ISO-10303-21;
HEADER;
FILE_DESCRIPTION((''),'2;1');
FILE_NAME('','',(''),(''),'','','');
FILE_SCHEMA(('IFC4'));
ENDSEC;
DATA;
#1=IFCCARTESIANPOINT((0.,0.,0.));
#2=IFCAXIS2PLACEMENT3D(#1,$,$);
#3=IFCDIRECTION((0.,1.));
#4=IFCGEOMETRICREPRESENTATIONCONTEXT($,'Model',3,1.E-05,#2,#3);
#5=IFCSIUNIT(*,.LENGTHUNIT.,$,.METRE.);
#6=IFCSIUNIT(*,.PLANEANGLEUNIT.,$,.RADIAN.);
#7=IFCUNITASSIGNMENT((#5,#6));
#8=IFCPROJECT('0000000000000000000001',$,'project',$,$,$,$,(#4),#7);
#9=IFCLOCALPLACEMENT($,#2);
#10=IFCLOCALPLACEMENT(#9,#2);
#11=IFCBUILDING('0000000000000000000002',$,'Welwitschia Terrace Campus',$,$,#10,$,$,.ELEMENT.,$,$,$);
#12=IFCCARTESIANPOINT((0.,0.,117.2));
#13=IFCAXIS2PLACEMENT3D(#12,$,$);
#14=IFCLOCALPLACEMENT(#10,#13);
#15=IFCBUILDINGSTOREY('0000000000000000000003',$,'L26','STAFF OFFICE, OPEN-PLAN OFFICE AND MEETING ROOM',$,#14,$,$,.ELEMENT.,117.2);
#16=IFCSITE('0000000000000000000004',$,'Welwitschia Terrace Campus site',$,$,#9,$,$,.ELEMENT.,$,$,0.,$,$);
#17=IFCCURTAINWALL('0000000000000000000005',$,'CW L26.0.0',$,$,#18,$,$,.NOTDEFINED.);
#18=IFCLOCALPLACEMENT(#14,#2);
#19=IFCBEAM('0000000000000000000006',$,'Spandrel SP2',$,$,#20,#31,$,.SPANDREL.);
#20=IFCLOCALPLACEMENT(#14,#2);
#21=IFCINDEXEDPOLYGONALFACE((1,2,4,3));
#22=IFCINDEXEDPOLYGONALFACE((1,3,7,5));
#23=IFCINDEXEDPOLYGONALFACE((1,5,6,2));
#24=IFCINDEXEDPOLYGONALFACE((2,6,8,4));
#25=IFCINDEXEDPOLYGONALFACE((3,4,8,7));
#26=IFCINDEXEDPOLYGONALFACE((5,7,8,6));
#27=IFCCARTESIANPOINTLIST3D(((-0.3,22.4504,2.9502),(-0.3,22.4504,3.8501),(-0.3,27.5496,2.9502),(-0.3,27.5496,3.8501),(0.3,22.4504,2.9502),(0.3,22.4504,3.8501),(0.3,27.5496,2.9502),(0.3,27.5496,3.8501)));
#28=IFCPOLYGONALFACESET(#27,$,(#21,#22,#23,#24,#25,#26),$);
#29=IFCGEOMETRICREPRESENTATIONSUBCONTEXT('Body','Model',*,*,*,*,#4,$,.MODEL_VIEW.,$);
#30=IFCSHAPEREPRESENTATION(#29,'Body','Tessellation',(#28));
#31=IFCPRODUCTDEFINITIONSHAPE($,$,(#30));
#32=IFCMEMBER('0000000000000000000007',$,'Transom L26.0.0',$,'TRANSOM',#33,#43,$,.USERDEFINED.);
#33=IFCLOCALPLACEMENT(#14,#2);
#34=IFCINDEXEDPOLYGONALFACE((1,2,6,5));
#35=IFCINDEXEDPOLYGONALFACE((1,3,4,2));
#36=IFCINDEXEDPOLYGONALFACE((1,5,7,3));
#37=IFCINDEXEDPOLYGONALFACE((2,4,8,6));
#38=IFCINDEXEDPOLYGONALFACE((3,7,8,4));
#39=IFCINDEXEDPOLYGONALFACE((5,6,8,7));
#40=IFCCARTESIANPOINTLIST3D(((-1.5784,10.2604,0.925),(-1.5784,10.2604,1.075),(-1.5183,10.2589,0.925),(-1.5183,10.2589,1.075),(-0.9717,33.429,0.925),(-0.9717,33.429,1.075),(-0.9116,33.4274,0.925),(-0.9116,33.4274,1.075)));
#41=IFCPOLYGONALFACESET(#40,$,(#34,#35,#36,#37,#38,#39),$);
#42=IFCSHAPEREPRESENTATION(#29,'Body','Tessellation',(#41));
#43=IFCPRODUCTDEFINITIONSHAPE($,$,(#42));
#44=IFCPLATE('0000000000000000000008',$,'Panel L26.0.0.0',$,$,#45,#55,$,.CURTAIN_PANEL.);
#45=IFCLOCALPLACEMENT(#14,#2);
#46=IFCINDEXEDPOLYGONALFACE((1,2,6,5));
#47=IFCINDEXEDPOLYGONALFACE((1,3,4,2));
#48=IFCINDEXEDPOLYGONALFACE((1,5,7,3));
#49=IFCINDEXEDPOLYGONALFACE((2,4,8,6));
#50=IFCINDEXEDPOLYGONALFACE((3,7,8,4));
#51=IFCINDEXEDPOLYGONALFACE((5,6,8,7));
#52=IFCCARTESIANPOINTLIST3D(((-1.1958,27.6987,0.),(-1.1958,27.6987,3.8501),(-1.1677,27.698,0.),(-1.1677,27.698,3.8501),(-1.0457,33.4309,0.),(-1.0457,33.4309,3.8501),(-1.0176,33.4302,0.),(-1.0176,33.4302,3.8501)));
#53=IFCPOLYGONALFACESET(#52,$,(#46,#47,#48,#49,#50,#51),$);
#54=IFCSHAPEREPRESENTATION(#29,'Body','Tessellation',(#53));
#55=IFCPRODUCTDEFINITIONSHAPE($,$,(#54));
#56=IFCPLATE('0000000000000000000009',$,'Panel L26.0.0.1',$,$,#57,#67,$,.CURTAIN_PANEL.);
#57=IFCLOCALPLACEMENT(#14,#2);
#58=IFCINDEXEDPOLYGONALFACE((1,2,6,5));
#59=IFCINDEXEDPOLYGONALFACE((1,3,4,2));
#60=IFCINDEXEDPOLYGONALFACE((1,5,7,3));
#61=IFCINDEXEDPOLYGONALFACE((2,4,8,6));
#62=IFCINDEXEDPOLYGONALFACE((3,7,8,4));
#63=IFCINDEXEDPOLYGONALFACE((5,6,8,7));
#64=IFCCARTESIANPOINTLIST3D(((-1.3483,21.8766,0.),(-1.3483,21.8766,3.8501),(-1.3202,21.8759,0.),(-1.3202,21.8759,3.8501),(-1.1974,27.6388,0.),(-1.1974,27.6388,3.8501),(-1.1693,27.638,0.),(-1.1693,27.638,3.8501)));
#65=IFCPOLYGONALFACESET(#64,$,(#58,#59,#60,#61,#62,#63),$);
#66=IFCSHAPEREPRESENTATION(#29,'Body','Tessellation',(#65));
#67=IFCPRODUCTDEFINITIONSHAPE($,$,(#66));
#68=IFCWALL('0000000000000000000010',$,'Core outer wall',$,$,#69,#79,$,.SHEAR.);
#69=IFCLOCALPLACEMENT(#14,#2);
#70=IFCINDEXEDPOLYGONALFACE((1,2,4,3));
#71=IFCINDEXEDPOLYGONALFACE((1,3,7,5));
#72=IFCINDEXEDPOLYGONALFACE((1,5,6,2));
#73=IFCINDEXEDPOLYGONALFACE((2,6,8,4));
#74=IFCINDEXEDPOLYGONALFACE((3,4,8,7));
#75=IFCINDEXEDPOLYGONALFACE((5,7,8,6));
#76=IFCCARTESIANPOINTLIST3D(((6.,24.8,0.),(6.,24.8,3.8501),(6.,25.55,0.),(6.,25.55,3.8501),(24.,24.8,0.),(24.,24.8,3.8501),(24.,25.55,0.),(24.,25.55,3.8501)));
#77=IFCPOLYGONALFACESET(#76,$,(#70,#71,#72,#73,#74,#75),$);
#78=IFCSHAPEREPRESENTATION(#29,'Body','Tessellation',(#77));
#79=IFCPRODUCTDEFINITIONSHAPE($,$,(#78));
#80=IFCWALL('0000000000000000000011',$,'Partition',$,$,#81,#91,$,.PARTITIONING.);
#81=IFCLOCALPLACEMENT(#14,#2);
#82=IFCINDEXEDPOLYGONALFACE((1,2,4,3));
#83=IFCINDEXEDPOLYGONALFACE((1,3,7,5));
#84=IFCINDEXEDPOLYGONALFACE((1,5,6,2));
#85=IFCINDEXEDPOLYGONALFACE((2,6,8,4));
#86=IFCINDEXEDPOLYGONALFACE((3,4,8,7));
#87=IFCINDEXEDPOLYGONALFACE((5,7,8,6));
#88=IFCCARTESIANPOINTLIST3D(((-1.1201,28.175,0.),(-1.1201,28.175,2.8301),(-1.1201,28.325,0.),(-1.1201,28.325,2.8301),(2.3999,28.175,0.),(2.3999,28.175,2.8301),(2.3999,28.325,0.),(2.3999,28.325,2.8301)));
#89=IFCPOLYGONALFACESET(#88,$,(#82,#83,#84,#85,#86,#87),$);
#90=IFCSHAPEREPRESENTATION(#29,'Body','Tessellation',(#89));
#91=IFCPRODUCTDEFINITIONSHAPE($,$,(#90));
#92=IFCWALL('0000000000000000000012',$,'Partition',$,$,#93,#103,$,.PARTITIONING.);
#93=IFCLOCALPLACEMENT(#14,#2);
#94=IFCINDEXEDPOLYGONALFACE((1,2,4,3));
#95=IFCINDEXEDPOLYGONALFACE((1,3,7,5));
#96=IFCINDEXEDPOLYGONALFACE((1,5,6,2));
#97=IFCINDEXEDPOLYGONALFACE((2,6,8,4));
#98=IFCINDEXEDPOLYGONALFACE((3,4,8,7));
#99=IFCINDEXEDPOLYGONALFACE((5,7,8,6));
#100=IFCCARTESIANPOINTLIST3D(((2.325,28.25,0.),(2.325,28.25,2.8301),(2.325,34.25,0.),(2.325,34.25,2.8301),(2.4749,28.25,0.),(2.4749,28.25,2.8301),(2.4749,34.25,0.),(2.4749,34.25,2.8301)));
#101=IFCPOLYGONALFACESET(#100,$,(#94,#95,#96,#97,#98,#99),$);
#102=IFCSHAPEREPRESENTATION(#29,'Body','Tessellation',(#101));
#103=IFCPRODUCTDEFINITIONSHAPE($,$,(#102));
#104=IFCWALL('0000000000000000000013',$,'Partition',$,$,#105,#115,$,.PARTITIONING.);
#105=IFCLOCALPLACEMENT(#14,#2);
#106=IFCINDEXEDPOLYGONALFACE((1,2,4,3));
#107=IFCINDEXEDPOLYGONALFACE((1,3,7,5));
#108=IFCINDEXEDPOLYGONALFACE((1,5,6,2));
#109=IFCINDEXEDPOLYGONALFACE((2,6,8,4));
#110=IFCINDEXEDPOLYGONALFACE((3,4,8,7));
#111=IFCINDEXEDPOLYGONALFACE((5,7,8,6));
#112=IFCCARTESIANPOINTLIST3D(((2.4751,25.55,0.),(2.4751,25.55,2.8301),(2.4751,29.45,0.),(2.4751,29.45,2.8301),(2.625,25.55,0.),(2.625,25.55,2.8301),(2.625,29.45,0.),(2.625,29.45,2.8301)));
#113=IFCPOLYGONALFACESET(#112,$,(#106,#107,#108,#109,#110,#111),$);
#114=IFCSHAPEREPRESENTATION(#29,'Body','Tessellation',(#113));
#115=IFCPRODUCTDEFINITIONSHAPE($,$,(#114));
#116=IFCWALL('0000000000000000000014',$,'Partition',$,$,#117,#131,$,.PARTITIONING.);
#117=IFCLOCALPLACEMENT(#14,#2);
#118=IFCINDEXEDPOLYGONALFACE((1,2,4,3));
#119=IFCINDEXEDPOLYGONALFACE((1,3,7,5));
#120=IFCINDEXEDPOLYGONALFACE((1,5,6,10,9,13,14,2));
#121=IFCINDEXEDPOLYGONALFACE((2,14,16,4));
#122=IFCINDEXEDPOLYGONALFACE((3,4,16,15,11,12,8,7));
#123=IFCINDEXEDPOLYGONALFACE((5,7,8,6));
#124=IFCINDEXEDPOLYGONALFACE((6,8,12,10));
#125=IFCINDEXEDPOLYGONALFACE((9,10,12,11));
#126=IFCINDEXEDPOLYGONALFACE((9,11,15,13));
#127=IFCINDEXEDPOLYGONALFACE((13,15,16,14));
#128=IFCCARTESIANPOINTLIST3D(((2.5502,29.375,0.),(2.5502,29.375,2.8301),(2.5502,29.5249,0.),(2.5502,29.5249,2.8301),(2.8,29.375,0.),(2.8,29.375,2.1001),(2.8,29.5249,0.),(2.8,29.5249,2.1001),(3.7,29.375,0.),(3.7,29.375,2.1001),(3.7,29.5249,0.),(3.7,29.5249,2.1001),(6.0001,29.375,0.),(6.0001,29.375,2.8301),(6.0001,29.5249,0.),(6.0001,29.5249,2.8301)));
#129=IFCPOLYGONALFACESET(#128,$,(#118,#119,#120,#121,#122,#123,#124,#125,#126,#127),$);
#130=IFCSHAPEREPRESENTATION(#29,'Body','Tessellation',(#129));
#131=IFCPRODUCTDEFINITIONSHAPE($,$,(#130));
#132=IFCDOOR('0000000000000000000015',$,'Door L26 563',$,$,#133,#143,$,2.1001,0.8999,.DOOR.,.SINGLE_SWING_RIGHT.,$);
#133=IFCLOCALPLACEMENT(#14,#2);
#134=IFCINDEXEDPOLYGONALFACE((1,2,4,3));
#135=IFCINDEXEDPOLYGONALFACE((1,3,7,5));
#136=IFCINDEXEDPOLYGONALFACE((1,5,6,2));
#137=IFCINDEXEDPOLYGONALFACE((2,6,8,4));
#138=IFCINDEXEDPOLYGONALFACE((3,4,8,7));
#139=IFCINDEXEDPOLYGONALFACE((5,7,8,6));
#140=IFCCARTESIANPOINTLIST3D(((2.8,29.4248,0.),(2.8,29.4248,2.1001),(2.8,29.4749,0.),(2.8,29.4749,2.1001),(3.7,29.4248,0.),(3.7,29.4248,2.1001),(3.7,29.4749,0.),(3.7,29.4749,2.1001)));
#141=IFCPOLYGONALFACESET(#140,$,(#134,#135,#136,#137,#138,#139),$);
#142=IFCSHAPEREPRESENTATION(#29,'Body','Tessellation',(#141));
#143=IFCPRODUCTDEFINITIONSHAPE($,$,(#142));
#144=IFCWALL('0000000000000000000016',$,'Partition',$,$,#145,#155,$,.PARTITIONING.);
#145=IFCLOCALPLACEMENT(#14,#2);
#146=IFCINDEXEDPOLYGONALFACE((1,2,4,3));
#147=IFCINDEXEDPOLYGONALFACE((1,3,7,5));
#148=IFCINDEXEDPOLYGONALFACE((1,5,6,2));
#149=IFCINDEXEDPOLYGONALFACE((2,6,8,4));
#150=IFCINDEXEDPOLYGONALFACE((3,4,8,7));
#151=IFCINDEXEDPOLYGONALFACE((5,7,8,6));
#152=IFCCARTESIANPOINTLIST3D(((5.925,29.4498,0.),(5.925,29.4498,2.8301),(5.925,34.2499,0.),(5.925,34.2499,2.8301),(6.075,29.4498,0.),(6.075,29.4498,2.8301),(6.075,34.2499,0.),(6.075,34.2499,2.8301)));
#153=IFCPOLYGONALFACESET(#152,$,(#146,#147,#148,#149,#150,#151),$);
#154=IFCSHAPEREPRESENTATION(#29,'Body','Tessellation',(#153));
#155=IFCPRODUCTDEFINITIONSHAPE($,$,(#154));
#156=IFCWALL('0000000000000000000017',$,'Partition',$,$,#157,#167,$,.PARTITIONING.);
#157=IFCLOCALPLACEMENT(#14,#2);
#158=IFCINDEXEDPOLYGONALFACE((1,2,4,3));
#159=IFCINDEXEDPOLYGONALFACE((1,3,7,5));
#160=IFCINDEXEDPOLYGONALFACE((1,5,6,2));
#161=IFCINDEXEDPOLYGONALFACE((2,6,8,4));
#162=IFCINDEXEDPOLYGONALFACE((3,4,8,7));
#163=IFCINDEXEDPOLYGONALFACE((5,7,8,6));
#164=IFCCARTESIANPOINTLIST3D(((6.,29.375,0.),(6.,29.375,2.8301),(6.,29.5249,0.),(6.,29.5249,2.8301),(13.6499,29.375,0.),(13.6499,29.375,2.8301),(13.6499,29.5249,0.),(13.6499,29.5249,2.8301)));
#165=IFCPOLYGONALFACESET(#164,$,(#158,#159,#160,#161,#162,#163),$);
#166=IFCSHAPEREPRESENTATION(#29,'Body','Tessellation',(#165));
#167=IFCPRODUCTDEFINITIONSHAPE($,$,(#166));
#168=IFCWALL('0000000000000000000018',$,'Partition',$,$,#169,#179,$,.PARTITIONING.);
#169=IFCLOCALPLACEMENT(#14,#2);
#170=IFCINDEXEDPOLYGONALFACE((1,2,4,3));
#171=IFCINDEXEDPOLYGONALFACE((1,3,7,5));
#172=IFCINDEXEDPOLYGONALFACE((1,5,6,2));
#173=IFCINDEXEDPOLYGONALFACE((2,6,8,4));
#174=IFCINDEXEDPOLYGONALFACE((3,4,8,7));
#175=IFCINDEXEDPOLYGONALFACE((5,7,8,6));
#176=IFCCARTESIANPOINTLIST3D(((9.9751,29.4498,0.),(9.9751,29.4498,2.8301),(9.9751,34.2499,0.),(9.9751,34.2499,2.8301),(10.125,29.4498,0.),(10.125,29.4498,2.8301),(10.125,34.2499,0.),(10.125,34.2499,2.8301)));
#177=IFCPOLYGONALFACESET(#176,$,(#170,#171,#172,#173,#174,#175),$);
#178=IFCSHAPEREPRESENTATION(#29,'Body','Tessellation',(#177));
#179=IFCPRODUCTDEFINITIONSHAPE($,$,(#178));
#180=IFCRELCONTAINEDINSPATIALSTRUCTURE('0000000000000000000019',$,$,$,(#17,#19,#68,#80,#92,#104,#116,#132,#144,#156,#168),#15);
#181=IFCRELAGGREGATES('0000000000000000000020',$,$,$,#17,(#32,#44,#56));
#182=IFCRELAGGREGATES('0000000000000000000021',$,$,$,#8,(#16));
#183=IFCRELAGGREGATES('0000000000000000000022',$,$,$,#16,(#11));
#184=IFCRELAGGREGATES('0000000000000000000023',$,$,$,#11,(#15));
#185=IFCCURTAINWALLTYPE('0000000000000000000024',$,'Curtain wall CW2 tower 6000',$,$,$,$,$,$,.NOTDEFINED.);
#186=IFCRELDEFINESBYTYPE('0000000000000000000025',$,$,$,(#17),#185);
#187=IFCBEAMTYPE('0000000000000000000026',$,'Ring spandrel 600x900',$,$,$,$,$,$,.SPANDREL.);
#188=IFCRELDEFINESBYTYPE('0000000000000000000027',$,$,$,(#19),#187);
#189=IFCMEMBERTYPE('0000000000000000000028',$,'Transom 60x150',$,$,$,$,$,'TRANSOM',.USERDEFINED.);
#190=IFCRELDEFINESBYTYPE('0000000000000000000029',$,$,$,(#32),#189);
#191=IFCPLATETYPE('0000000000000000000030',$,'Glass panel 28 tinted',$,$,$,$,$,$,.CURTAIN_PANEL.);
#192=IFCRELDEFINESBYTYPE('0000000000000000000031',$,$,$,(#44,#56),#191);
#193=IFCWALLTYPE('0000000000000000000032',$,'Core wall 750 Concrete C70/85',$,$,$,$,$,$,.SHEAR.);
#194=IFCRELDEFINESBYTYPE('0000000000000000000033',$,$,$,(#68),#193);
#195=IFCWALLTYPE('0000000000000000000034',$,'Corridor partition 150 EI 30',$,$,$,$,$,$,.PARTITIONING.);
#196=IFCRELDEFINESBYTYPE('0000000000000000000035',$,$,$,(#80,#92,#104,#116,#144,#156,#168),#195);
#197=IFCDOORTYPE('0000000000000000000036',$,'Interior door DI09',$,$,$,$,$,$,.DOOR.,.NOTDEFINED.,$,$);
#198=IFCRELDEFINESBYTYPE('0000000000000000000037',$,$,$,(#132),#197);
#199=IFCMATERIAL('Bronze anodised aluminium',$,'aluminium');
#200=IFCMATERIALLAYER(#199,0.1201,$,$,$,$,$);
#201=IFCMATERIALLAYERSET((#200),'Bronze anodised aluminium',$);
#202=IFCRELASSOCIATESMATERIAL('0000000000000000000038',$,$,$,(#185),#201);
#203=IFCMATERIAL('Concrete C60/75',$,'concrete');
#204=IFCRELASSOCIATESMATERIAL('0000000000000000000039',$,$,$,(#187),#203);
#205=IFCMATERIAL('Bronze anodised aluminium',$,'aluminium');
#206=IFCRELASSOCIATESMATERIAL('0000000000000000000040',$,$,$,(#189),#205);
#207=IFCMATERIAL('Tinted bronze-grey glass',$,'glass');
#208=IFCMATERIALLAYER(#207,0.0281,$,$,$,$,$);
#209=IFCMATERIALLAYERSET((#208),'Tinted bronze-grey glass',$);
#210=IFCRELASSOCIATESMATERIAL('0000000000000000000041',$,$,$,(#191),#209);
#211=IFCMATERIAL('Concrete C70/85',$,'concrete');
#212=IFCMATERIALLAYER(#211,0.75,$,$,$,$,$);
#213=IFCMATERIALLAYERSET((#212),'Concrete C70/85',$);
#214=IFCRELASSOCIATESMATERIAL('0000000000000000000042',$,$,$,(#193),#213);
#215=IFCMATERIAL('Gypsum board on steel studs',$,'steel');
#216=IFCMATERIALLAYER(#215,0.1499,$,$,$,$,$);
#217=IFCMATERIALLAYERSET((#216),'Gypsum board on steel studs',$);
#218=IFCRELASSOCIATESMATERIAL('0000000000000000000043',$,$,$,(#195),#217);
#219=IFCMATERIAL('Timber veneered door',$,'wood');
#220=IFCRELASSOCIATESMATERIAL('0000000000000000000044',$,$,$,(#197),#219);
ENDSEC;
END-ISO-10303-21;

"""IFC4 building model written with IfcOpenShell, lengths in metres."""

from ifc_helpers import new_model, si_unit, direction, frame, frame_2d, origin, origin_2d, place, context, subcontext, project, spatial, rectangle, extrude, material, layer, layer_set, material_profile, profile_set, type_object, element, fill, aggregate, save


model = new_model("IFC4")

# Units and contexts
model_context = context("Model", 3, precision=1e-05, world=origin(), true_north=direction((0.0, 1.0)))
body_context = subcontext(model_context, "Body", "Model", "MODEL_VIEW")
ifc_project = project(units=[si_unit("LENGTHUNIT", "METRE"), si_unit("PLANEANGLEUNIT", "RADIAN")], contexts=[model_context])

# Site, building, storey
site_placement = place(None, origin())
site = spatial("IfcSite", under=ifc_project, at=site_placement, Name="Welwitschia Terrace Campus site", CompositionType="ELEMENT", RefElevation=0.0)
building_placement = place(site_placement, origin())
building = spatial("IfcBuilding", under=site, at=building_placement, Name="Welwitschia Terrace Campus", CompositionType="ELEMENT")
storey_placement = place(building_placement, frame((0.0, 0.0, 117.2)))
storey = spatial("IfcBuildingStorey", under=building, at=storey_placement, Name="L26", Description="STAFF OFFICE, OPEN-PLAN OFFICE AND MEETING ROOM", CompositionType="ELEMENT", Elevation=117.2)

# Curtain wall
ifc_material_1 = material(Name="Bronze anodised aluminium", Category="aluminium")
ifc_layer_1 = layer(ifc_material_1, 0.1201)
ifc_layer_set_1 = layer_set([ifc_layer_1], Name="Bronze anodised aluminium")
curtain_wall_type = type_object("IfcCurtainWallType", Name="Curtain wall CW2 tower 6000", PredefinedType="NOTDEFINED", material=ifc_layer_set_1)
curtain_wall_placement = place(storey_placement, origin())
curtain_wall = element("IfcCurtainWall", 1, at=curtain_wall_placement, inside=storey, type_object=curtain_wall_type, Name="CW L26.0.0", PredefinedType="NOTDEFINED")

# Beam
ifc_material_2 = material(Name="Concrete C60/75", Category="concrete")
ifc_material_profile_1 = material_profile(ifc_material_2, rectangle(XDim=0.6001, YDim=0.8999, at=origin_2d()))
ifc_profile_set_1 = profile_set([ifc_material_profile_1], Name="Concrete C60/75")
beam_type_1 = type_object("IfcBeamType", Name="Ring spandrel 600x900", PredefinedType="SPANDREL", material=ifc_profile_set_1)
beam_1_placement = place(storey_placement, frame((0.0, 27.5496, 3.4001), z_axis=(0.0, -1.0, 0.0), x_axis=(1.0, 0.0, 0.0)))
element("IfcBeam", 2, at=beam_1_placement, inside=storey, type_object=beam_type_1, Name="Spandrel SP2", PredefinedType="SPANDREL", context=body_context, shape_type="SweptSolid", body=[
    extrude(rectangle(XDim=0.6001, YDim=0.8999, at=origin_2d()), origin(), (0.0, 0.0, 1.0), 5.0991),
])

# Member
ifc_material_3 = material(Name="Bronze anodised aluminium", Category="aluminium")
ifc_material_profile_2 = material_profile(ifc_material_3, rectangle(XDim=0.0601, YDim=0.1499, at=origin_2d()))
ifc_profile_set_2 = profile_set([ifc_material_profile_2], Name="Bronze anodised aluminium")
member_type_1 = type_object("IfcMemberType", Name="Transom 60x150", ElementType="TRANSOM", PredefinedType="USERDEFINED", material=ifc_profile_set_2)
member_1_placement = place(storey_placement, frame((-0.9417, 33.4282, 1.0), z_axis=(-0.026177, -0.999657, 0.0), x_axis=(0.999657, -0.026177, 0.0)))
member_1 = element("IfcMember", 3, at=member_1_placement, type_object=member_type_1, Name="Transom L26.0.0", ObjectType="TRANSOM", PredefinedType="USERDEFINED", context=body_context, shape_type="SweptSolid", body=[
    extrude(rectangle(XDim=0.0601, YDim=0.1499, at=origin_2d()), origin(), (0.0, 0.0, 1.0), 23.1765),
])

# Plates
ifc_material_4 = material(Name="Tinted bronze-grey glass", Category="glass")
ifc_layer_2 = layer(ifc_material_4, 0.0281)
ifc_layer_set_2 = layer_set([ifc_layer_2], Name="Tinted bronze-grey glass")
plate_type = type_object("IfcPlateType", Name="Glass panel 28 tinted", PredefinedType="CURTAIN_PANEL", material=ifc_layer_set_2)
plate_1_placement = place(storey_placement, frame((-1.1067, 30.5645, 0.0), z_axis=(0.0, 0.0, 1.0), x_axis=(-0.026177, -0.999657, 0.0)))
plate_1 = element("IfcPlate", 4, at=plate_1_placement, type_object=plate_type, Name="Panel L26.0.0.0", PredefinedType="CURTAIN_PANEL", context=body_context, shape_type="SweptSolid", body=[
    extrude(rectangle(XDim=5.7341, YDim=0.0281, at=origin_2d()), origin(), (0.0, 0.0, 1.0), 3.8501),
])
plate_2_placement = place(storey_placement, frame((-1.2588, 24.7573, 0.0), z_axis=(0.0, 0.0, 1.0), x_axis=(-0.026177, -0.999657, 0.0)))
plate_2 = element("IfcPlate", 5, at=plate_2_placement, type_object=plate_type, Name="Panel L26.0.0.1", PredefinedType="CURTAIN_PANEL", context=body_context, shape_type="SweptSolid", body=[
    extrude(rectangle(XDim=5.7642, YDim=0.0281, at=origin_2d()), origin(), (0.0, 0.0, 1.0), 3.8501),
])
aggregate(curtain_wall, [member_1, plate_1, plate_2])

# Walls
ifc_material_5 = material(Name="Concrete C70/85", Category="concrete")
ifc_layer_3 = layer(ifc_material_5, 0.75)
ifc_layer_set_3 = layer_set([ifc_layer_3], Name="Concrete C70/85")
wall_type_1 = type_object("IfcWallType", Name="Core wall 750 Concrete C70/85", PredefinedType="SHEAR", material=ifc_layer_set_3)
wall_1_placement = place(storey_placement, frame((6.0, 25.175, 0.0), z_axis=(0.0, 0.0, 1.0), x_axis=(1.0, 0.0, 0.0)))
element("IfcWall", 6, at=wall_1_placement, inside=storey, type_object=wall_type_1, Name="Core outer wall", PredefinedType="SHEAR", context=body_context, shape_type="SweptSolid", body=[
    extrude(rectangle(XDim=18.0, YDim=0.75, at=frame_2d((9.0, 0.0))), origin(), (0.0, 0.0, 1.0), 3.8501),
])
ifc_material_6 = material(Name="Gypsum board on steel studs", Category="steel")
ifc_layer_4 = layer(ifc_material_6, 0.1499)
ifc_layer_set_4 = layer_set([ifc_layer_4], Name="Gypsum board on steel studs")
wall_type_2 = type_object("IfcWallType", Name="Corridor partition 150 EI 30", PredefinedType="PARTITIONING", material=ifc_layer_set_4)
wall_2_placement = place(storey_placement, frame((-1.1201, 28.25, 0.0), z_axis=(0.0, 0.0, 1.0), x_axis=(1.0, 0.0, 0.0)))
element("IfcWall", 7, at=wall_2_placement, inside=storey, type_object=wall_type_2, Name="Partition", PredefinedType="PARTITIONING", context=body_context, shape_type="SweptSolid", body=[
    extrude(rectangle(XDim=3.52, YDim=0.1499, at=frame_2d((1.76, 0.0))), origin(), (0.0, 0.0, 1.0), 2.8301),
])
wall_3_placement = place(storey_placement, frame((2.3999, 28.25, 0.0), z_axis=(0.0, 0.0, 1.0), x_axis=(0.0, 1.0, 0.0)))
element("IfcWall", 8, at=wall_3_placement, inside=storey, type_object=wall_type_2, Name="Partition", PredefinedType="PARTITIONING", context=body_context, shape_type="SweptSolid", body=[
    extrude(rectangle(XDim=6.0, YDim=0.1499, at=frame_2d((3.0, 0.0))), origin(), (0.0, 0.0, 1.0), 2.8301),
])
wall_4_placement = place(storey_placement, frame((2.55, 25.55, 0.0), z_axis=(0.0, 0.0, 1.0), x_axis=(0.0, 1.0, 0.0)))
element("IfcWall", 9, at=wall_4_placement, inside=storey, type_object=wall_type_2, Name="Partition", PredefinedType="PARTITIONING", context=body_context, shape_type="SweptSolid", body=[
    extrude(rectangle(XDim=3.8999, YDim=0.1499, at=frame_2d((1.95, 0.0))), origin(), (0.0, 0.0, 1.0), 2.8301),
])

# Wall, opening, door
wall_5_placement = place(storey_placement, frame((2.55, 29.45, 0.0), z_axis=(0.0, 0.0, 1.0), x_axis=(1.0, 0.0, 0.0)))
wall_5 = element("IfcWall", 10, at=wall_5_placement, inside=storey, type_object=wall_type_2, Name="Partition", PredefinedType="PARTITIONING", context=body_context, shape_type="SweptSolid", body=[
    extrude(rectangle(XDim=3.45, YDim=0.1499, at=frame_2d((1.7251, 0.0))), origin(), (0.0, 0.0, 1.0), 2.8301),
])
opening_1_placement = place(wall_5_placement, frame((0.25, 0.0, 0.0)))
opening_1 = element("IfcOpeningElement", 11, at=opening_1_placement, cuts=wall_5, PredefinedType="OPENING", context=body_context, shape_type="SweptSolid", body=[
    extrude(rectangle(XDim=0.8999, YDim=2.1001, at=frame_2d((0.45, 1.05))), frame((0.0, 0.085, 0.0), z_axis=(0.0, -1.0, 0.0), x_axis=(1.0, 0.0, 0.0)), (0.0, 0.0, 1.0), 0.1699),
])
ifc_material_7 = material(Name="Timber veneered door", Category="wood")
door_type = type_object("IfcDoorType", Name="Interior door DI09", OperationType="NOTDEFINED", PredefinedType="DOOR", material=ifc_material_7)
door_1_placement = place(opening_1_placement, origin())
door_1 = element("IfcDoor", 12, at=door_1_placement, inside=storey, type_object=door_type, Name="Door L26 563", OperationType="SINGLE_SWING_RIGHT", OverallHeight=2.1001, OverallWidth=0.8999, PredefinedType="DOOR", context=body_context, shape_type="SweptSolid", body=[
    extrude(rectangle(XDim=0.8999, YDim=2.1001, at=frame_2d((0.45, 1.05))), frame((0.0, 0.0249, 0.0), z_axis=(0.0, -1.0, 0.0), x_axis=(1.0, 0.0, 0.0)), (0.0, 0.0, 1.0), 0.05),
])
fill(opening_1, door_1)

# Walls
wall_6_placement = place(storey_placement, frame((6.0, 29.45, 0.0), z_axis=(0.0, 0.0, 1.0), x_axis=(0.0, 1.0, 0.0)))
element("IfcWall", 13, at=wall_6_placement, inside=storey, type_object=wall_type_2, Name="Partition", PredefinedType="PARTITIONING", context=body_context, shape_type="SweptSolid", body=[
    extrude(rectangle(XDim=4.8, YDim=0.1499, at=frame_2d((2.3999, 0.0))), origin(), (0.0, 0.0, 1.0), 2.8301),
])
wall_7_placement = place(storey_placement, frame((6.0, 29.45, 0.0), z_axis=(0.0, 0.0, 1.0), x_axis=(1.0, 0.0, 0.0)))
element("IfcWall", 14, at=wall_7_placement, inside=storey, type_object=wall_type_2, Name="Partition", PredefinedType="PARTITIONING", context=body_context, shape_type="SweptSolid", body=[
    extrude(rectangle(XDim=7.6499, YDim=0.1499, at=frame_2d((3.825, 0.0))), origin(), (0.0, 0.0, 1.0), 2.8301),
])
wall_8_placement = place(storey_placement, frame((10.05, 29.45, 0.0), z_axis=(0.0, 0.0, 1.0), x_axis=(0.0, 1.0, 0.0)))
element("IfcWall", 15, at=wall_8_placement, inside=storey, type_object=wall_type_2, Name="Partition", PredefinedType="PARTITIONING", context=body_context, shape_type="SweptSolid", body=[
    extrude(rectangle(XDim=4.8, YDim=0.1499, at=frame_2d((2.3999, 0.0))), origin(), (0.0, 0.0, 1.0), 2.8301),
])

save(model, "model.ifc")
